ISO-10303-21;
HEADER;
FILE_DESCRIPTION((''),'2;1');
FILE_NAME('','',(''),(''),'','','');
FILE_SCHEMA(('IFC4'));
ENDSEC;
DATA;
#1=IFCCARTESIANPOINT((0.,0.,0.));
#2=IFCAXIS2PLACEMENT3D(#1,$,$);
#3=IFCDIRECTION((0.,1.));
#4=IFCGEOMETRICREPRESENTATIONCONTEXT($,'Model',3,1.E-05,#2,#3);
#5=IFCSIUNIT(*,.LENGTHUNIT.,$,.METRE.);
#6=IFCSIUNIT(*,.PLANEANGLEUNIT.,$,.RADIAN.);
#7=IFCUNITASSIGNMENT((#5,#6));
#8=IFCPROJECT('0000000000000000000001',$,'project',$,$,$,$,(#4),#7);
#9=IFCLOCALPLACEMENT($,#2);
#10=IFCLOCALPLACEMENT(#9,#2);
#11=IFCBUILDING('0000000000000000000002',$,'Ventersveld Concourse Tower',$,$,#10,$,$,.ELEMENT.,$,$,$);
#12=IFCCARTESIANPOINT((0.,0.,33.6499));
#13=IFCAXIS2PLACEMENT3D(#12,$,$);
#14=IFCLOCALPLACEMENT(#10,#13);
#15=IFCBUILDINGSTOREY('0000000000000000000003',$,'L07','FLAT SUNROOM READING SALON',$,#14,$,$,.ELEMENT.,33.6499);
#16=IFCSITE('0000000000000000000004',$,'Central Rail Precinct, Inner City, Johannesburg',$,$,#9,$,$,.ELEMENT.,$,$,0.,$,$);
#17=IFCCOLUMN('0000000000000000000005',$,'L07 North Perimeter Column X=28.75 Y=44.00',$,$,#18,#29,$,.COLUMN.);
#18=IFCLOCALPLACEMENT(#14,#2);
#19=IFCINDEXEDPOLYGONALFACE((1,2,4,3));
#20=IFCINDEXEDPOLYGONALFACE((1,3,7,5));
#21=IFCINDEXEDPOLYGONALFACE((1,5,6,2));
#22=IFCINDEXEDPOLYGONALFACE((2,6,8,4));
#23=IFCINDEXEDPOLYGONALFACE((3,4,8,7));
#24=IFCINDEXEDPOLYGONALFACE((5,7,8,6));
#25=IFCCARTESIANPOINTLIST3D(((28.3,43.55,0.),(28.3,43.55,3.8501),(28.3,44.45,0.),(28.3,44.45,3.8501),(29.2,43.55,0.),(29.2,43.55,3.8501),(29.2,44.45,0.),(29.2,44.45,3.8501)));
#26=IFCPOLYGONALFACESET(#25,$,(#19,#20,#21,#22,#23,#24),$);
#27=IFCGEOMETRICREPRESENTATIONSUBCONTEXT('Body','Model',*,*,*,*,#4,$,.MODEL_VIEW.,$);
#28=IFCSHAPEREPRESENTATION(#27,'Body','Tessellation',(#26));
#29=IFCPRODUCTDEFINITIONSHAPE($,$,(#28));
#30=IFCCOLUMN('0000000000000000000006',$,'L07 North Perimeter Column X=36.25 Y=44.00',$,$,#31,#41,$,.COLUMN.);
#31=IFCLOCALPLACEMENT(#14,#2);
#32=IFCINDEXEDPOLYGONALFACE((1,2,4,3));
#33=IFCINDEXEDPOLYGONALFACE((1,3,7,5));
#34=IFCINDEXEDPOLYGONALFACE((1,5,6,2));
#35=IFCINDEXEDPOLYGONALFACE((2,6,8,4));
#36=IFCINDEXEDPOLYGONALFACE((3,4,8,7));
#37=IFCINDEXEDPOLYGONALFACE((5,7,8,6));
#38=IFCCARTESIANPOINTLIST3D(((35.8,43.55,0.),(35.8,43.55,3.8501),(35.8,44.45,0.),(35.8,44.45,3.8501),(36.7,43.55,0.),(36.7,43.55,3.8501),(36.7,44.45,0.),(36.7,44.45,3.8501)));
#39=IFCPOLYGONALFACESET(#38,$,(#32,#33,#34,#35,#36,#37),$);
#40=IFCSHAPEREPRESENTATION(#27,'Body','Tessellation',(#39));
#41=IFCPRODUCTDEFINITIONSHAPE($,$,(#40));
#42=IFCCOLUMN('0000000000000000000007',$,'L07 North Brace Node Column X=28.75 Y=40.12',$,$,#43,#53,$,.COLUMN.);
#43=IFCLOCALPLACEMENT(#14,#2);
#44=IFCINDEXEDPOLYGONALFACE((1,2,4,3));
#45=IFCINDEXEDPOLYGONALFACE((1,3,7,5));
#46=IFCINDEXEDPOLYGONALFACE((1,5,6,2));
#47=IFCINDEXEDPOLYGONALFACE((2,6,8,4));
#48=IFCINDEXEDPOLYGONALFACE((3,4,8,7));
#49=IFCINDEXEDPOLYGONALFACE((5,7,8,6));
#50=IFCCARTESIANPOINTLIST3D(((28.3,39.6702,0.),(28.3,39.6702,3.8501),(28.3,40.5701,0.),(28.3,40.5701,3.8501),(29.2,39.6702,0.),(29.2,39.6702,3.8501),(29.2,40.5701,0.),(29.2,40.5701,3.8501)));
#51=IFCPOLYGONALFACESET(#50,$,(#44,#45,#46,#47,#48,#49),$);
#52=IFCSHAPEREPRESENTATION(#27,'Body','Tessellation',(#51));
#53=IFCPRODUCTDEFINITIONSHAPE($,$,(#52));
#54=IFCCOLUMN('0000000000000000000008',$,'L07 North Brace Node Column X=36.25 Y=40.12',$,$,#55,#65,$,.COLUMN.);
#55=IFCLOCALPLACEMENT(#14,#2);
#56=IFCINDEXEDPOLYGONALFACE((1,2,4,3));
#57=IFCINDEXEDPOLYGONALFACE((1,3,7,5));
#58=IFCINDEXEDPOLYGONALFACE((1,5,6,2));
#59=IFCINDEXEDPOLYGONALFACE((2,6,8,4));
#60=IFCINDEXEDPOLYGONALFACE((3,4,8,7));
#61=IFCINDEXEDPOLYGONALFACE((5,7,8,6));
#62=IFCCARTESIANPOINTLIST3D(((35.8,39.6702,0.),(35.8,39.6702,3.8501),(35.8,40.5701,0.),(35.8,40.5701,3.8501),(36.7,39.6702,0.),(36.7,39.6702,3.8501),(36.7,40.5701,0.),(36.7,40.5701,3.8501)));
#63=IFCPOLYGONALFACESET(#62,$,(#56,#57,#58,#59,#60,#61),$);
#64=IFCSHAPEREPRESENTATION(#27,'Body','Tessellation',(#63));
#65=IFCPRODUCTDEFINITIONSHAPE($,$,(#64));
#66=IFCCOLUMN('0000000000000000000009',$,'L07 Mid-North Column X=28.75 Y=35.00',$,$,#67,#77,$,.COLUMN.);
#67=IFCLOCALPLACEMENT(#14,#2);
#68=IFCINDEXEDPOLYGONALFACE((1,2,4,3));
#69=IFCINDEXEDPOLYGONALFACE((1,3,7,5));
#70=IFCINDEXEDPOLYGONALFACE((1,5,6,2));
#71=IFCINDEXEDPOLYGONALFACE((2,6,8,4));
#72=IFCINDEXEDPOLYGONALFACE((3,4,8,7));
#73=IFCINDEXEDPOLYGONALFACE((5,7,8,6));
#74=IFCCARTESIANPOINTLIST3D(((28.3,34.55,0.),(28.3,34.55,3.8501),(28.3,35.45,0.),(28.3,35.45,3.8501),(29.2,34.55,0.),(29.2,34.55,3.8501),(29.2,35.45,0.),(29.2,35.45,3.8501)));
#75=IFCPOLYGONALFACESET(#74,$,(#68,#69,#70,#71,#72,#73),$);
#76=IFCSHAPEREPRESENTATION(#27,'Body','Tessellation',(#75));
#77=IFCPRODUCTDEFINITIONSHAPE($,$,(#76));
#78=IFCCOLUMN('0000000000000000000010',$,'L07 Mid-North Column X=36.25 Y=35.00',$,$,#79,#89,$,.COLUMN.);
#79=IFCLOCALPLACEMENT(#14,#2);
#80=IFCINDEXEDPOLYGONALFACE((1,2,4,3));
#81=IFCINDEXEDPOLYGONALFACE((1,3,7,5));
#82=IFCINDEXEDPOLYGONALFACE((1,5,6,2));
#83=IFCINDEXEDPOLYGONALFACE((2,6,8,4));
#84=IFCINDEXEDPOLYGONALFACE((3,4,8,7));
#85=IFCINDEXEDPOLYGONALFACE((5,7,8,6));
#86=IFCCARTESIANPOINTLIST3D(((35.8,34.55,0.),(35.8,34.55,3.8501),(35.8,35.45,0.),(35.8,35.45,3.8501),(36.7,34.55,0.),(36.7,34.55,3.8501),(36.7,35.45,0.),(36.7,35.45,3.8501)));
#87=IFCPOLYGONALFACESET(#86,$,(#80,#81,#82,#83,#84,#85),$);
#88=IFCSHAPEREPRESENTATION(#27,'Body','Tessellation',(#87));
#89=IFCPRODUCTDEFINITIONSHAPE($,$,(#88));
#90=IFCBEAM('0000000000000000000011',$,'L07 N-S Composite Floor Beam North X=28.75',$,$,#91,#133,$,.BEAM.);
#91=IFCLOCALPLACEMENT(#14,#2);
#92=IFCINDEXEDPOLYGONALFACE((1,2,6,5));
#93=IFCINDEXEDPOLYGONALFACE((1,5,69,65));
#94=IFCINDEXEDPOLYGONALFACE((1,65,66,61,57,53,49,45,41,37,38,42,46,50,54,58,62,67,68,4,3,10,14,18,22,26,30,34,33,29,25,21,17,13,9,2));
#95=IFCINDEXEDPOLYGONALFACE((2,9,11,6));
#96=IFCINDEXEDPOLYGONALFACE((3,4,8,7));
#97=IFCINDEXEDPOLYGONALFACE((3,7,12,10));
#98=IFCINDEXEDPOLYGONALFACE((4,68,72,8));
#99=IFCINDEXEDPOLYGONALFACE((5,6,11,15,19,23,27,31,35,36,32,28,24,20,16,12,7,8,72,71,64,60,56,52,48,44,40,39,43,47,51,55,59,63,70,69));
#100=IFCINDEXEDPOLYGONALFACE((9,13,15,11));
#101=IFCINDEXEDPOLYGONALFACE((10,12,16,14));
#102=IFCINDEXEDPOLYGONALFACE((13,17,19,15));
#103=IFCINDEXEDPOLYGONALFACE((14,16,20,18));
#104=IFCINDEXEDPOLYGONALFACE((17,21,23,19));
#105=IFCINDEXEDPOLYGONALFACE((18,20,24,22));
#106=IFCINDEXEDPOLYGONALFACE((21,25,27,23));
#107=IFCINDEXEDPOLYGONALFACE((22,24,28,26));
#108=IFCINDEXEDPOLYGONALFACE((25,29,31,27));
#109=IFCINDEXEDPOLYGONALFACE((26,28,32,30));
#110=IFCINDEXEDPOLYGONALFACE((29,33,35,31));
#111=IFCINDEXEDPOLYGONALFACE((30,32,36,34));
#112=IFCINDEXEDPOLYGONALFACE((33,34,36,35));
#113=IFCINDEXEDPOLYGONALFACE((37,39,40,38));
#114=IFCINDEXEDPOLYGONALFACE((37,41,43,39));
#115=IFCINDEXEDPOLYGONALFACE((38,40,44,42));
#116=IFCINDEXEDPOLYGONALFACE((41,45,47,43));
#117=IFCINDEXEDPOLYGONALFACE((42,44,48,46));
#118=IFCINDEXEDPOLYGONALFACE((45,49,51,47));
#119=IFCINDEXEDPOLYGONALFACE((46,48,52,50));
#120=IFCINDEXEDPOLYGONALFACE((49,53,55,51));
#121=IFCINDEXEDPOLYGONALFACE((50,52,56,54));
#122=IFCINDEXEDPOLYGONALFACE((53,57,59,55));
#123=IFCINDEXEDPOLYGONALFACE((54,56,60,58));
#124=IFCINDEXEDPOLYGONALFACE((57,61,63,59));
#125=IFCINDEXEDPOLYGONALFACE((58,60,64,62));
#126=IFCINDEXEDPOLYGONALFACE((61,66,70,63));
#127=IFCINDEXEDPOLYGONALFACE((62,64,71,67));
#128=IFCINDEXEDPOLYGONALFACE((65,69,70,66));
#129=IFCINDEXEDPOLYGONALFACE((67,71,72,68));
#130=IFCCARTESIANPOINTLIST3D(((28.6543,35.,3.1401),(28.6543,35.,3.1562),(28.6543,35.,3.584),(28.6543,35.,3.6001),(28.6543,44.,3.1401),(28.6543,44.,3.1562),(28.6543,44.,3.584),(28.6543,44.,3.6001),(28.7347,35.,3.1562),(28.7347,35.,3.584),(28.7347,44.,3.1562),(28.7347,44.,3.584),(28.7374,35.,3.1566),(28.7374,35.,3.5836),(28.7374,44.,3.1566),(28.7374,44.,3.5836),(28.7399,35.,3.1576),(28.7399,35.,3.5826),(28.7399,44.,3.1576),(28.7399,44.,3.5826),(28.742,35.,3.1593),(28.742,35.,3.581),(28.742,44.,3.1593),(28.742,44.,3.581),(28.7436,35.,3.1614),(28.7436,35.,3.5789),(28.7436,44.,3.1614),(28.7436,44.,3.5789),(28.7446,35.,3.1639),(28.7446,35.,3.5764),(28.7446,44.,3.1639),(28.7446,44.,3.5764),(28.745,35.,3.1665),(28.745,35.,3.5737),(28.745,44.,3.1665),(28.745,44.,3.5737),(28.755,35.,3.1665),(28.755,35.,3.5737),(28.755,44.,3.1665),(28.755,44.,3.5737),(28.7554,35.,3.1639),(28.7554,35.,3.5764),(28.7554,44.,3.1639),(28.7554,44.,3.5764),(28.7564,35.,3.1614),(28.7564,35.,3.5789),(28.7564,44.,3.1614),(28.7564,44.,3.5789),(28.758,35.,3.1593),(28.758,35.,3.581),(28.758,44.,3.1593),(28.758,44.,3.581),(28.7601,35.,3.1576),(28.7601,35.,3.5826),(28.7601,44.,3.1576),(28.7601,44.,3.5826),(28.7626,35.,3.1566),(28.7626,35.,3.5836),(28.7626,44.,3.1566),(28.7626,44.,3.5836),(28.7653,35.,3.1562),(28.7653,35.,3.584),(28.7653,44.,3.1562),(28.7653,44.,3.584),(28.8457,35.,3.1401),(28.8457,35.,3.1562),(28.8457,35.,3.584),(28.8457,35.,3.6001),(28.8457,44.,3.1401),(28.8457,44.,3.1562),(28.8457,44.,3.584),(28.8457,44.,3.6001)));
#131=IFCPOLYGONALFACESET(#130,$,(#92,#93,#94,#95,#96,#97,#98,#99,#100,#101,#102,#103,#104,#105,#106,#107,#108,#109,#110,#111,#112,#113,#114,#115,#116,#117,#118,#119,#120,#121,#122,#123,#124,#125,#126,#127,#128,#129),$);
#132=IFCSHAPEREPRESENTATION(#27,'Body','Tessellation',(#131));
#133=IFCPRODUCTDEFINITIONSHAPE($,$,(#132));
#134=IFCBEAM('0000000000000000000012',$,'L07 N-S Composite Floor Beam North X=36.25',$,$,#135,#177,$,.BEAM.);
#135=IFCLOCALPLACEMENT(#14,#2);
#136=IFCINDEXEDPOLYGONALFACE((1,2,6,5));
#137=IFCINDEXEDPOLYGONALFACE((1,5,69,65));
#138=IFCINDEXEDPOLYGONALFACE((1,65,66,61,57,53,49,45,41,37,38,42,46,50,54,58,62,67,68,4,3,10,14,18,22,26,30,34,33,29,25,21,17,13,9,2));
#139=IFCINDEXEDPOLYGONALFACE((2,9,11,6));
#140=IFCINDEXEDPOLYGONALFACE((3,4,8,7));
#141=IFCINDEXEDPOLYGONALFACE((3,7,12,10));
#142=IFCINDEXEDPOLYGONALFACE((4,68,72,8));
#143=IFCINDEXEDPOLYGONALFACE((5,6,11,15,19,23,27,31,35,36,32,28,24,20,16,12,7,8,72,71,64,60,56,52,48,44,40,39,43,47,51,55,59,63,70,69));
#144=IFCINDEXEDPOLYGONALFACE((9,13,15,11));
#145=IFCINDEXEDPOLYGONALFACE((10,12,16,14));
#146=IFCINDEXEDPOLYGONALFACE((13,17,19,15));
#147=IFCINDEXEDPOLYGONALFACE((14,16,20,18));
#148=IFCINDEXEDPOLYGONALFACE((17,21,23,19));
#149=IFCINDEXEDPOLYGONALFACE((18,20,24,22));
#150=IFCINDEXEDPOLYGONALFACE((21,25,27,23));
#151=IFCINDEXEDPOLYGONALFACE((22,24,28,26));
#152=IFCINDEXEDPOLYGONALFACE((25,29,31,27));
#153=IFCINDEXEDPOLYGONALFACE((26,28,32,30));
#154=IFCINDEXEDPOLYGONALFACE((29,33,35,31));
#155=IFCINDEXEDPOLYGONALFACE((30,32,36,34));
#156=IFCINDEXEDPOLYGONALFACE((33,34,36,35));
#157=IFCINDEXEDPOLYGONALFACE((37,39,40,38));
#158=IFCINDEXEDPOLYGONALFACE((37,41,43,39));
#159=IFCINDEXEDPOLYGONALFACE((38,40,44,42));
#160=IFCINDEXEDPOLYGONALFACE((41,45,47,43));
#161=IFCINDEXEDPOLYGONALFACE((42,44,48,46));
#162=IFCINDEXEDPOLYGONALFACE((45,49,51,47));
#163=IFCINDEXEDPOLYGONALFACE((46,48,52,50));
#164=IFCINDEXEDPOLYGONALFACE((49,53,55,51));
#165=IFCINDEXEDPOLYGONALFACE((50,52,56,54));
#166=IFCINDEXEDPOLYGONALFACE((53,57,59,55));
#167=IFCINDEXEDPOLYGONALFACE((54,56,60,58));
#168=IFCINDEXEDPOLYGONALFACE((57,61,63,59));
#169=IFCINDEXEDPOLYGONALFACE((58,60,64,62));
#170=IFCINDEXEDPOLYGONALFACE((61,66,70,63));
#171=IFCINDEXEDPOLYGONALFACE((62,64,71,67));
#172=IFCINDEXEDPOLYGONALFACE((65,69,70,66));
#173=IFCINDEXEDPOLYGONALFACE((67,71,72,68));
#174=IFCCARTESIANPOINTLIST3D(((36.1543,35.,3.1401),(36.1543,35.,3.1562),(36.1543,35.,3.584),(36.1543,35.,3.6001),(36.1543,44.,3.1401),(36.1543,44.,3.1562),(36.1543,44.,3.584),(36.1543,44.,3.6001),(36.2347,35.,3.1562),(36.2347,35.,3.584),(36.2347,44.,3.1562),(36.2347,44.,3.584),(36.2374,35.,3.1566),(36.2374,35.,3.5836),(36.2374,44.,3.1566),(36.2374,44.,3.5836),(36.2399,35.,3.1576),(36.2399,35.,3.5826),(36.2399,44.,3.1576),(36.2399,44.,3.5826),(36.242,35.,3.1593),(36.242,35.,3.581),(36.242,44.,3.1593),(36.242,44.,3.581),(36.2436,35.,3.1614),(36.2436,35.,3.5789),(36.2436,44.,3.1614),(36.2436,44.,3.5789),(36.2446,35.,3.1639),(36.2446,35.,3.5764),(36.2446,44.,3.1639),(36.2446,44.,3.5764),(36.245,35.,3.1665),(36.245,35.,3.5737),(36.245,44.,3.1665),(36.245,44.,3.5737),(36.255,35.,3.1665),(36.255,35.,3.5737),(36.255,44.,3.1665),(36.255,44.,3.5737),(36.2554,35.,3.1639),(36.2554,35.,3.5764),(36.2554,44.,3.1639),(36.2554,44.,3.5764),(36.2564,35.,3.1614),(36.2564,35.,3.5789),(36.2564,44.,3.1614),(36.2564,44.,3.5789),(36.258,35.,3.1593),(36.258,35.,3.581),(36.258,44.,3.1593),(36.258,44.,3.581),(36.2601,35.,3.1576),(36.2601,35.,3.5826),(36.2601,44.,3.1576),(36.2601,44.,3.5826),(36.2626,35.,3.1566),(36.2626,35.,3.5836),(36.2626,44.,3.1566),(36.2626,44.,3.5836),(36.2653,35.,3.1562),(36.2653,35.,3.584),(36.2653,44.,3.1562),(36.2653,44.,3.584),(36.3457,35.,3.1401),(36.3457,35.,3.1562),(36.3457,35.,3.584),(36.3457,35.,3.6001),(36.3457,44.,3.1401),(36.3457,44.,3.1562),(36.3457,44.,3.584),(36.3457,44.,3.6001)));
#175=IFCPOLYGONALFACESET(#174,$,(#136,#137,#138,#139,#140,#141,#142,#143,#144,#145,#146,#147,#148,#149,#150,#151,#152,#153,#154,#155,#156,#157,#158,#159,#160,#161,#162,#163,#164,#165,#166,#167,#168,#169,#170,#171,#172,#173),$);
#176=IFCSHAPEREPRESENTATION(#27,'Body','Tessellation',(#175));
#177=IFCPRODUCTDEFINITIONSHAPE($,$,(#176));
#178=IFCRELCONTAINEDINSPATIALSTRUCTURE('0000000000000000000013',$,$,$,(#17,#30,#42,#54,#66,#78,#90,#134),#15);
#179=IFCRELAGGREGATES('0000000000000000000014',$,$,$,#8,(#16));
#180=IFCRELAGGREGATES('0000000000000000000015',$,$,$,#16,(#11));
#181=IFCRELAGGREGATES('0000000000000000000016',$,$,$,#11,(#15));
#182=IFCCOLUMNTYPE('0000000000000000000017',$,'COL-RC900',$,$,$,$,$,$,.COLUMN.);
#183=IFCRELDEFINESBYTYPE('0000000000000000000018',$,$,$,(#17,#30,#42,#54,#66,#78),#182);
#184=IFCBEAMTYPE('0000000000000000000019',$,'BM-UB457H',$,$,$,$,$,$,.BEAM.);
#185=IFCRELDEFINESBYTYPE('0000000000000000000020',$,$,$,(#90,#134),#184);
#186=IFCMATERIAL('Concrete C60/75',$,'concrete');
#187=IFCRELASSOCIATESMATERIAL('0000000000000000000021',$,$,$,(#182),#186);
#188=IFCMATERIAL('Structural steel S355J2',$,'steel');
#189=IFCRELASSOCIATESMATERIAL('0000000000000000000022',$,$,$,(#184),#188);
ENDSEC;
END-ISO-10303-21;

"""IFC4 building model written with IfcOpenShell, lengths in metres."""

from ifc_helpers import new_model, si_unit, direction, frame, origin, origin_2d, place, context, subcontext, project, spatial, rectangle, i_section, extrude, material, material_profile, profile_set, type_object, element, save


model = new_model("IFC4")

# Units and contexts
model_context = context("Model", 3, precision=1e-05, world=origin(), true_north=direction((0.0, 1.0)))
body_context = subcontext(model_context, "Body", "Model", "MODEL_VIEW")
ifc_project = project(units=[si_unit("LENGTHUNIT", "METRE"), si_unit("PLANEANGLEUNIT", "RADIAN")], contexts=[model_context])

# Site, building, storey
site_placement = place(None, origin())
site = spatial("IfcSite", under=ifc_project, at=site_placement, Name="Central Rail Precinct, Inner City, Johannesburg", CompositionType="ELEMENT", RefElevation=0.0)
building_placement = place(site_placement, origin())
building = spatial("IfcBuilding", under=site, at=building_placement, Name="Ventersveld Concourse Tower", CompositionType="ELEMENT")
storey_placement = place(building_placement, frame((0.0, 0.0, 33.6499)))
storey = spatial("IfcBuildingStorey", under=building, at=storey_placement, Name="L07", Description="FLAT SUNROOM READING SALON", CompositionType="ELEMENT", Elevation=33.6499)

# Columns
ifc_material_1 = material(Name="Concrete C60/75", Category="concrete")
ifc_material_profile_1 = material_profile(ifc_material_1, rectangle(XDim=0.8999, YDim=0.8999, at=origin_2d()), Name="RC 900x900")
ifc_profile_set_1 = profile_set([ifc_material_profile_1], Name="Concrete C60/75")
column_type = type_object("IfcColumnType", Name="COL-RC900", PredefinedType="COLUMN", material=ifc_profile_set_1)
for number, where, z_axis, x_axis, name in (
    (1, (28.75, 44.0, 0.0), (0.0, 0.0, 1.0), (1.0, 0.0, 0.0), "L07 North Perimeter Column X=28.75 Y=44.00"),
    (2, (36.25, 44.0, 0.0), (0.0, 0.0, 1.0), (1.0, 0.0, 0.0), "L07 North Perimeter Column X=36.25 Y=44.00"),
    (3, (28.75, 40.1201, 0.0), (0.0, 0.0, 1.0), (1.0, 0.0, 0.0), "L07 North Brace Node Column X=28.75 Y=40.12"),
    (4, (36.25, 40.1201, 0.0), (0.0, 0.0, 1.0), (1.0, 0.0, 0.0), "L07 North Brace Node Column X=36.25 Y=40.12"),
    (5, (28.75, 35.0, 0.0), (0.0, 0.0, 1.0), (1.0, 0.0, 0.0), "L07 Mid-North Column X=28.75 Y=35.00"),
    (6, (36.25, 35.0, 0.0), (0.0, 0.0, 1.0), (1.0, 0.0, 0.0), "L07 Mid-North Column X=36.25 Y=35.00"),
):
    element("IfcColumn", number, at=place(storey_placement, frame(where, z_axis=z_axis, x_axis=x_axis)), inside=storey, type_object=column_type, Name=name, PredefinedType="COLUMN", context=body_context, shape_type="SweptSolid", body=[
        extrude(rectangle(XDim=0.8999, YDim=0.8999, at=origin_2d()), origin(), (0.0, 0.0, 1.0), 3.8501),
    ])

# Beams
ifc_material_2 = material(Name="Structural steel S355J2", Category="steel")
ifc_material_profile_2 = material_profile(ifc_material_2, i_section(OverallWidth=0.1914, OverallDepth=0.46, WebThickness=0.01, FlangeThickness=0.0161, FilletRadius=0.0103, at=origin_2d()), Name="UB 457x191x82")
ifc_profile_set_2 = profile_set([ifc_material_profile_2], Name="Structural steel S355J2")
beam_type_1 = type_object("IfcBeamType", Name="BM-UB457H", PredefinedType="BEAM", material=ifc_profile_set_2)
for number, where, z_axis, x_axis, name in (
    (7, (28.75, 35.0, 3.3701), (0.0, 1.0, 0.0), (-1.0, 0.0, 0.0), "L07 N-S Composite Floor Beam North X=28.75"),
    (8, (36.25, 35.0, 3.3701), (0.0, 1.0, 0.0), (-1.0, 0.0, 0.0), "L07 N-S Composite Floor Beam North X=36.25"),
):
    element("IfcBeam", number, at=place(storey_placement, frame(where, z_axis=z_axis, x_axis=x_axis)), inside=storey, type_object=beam_type_1, Name=name, PredefinedType="BEAM", context=body_context, shape_type="SweptSolid", body=[
        extrude(i_section(OverallWidth=0.1914, OverallDepth=0.46, WebThickness=0.01, FlangeThickness=0.0161, FilletRadius=0.0103, at=origin_2d()), origin(), (0.0, 0.0, 1.0), 9.0),
    ])

save(model, "model.ifc")
